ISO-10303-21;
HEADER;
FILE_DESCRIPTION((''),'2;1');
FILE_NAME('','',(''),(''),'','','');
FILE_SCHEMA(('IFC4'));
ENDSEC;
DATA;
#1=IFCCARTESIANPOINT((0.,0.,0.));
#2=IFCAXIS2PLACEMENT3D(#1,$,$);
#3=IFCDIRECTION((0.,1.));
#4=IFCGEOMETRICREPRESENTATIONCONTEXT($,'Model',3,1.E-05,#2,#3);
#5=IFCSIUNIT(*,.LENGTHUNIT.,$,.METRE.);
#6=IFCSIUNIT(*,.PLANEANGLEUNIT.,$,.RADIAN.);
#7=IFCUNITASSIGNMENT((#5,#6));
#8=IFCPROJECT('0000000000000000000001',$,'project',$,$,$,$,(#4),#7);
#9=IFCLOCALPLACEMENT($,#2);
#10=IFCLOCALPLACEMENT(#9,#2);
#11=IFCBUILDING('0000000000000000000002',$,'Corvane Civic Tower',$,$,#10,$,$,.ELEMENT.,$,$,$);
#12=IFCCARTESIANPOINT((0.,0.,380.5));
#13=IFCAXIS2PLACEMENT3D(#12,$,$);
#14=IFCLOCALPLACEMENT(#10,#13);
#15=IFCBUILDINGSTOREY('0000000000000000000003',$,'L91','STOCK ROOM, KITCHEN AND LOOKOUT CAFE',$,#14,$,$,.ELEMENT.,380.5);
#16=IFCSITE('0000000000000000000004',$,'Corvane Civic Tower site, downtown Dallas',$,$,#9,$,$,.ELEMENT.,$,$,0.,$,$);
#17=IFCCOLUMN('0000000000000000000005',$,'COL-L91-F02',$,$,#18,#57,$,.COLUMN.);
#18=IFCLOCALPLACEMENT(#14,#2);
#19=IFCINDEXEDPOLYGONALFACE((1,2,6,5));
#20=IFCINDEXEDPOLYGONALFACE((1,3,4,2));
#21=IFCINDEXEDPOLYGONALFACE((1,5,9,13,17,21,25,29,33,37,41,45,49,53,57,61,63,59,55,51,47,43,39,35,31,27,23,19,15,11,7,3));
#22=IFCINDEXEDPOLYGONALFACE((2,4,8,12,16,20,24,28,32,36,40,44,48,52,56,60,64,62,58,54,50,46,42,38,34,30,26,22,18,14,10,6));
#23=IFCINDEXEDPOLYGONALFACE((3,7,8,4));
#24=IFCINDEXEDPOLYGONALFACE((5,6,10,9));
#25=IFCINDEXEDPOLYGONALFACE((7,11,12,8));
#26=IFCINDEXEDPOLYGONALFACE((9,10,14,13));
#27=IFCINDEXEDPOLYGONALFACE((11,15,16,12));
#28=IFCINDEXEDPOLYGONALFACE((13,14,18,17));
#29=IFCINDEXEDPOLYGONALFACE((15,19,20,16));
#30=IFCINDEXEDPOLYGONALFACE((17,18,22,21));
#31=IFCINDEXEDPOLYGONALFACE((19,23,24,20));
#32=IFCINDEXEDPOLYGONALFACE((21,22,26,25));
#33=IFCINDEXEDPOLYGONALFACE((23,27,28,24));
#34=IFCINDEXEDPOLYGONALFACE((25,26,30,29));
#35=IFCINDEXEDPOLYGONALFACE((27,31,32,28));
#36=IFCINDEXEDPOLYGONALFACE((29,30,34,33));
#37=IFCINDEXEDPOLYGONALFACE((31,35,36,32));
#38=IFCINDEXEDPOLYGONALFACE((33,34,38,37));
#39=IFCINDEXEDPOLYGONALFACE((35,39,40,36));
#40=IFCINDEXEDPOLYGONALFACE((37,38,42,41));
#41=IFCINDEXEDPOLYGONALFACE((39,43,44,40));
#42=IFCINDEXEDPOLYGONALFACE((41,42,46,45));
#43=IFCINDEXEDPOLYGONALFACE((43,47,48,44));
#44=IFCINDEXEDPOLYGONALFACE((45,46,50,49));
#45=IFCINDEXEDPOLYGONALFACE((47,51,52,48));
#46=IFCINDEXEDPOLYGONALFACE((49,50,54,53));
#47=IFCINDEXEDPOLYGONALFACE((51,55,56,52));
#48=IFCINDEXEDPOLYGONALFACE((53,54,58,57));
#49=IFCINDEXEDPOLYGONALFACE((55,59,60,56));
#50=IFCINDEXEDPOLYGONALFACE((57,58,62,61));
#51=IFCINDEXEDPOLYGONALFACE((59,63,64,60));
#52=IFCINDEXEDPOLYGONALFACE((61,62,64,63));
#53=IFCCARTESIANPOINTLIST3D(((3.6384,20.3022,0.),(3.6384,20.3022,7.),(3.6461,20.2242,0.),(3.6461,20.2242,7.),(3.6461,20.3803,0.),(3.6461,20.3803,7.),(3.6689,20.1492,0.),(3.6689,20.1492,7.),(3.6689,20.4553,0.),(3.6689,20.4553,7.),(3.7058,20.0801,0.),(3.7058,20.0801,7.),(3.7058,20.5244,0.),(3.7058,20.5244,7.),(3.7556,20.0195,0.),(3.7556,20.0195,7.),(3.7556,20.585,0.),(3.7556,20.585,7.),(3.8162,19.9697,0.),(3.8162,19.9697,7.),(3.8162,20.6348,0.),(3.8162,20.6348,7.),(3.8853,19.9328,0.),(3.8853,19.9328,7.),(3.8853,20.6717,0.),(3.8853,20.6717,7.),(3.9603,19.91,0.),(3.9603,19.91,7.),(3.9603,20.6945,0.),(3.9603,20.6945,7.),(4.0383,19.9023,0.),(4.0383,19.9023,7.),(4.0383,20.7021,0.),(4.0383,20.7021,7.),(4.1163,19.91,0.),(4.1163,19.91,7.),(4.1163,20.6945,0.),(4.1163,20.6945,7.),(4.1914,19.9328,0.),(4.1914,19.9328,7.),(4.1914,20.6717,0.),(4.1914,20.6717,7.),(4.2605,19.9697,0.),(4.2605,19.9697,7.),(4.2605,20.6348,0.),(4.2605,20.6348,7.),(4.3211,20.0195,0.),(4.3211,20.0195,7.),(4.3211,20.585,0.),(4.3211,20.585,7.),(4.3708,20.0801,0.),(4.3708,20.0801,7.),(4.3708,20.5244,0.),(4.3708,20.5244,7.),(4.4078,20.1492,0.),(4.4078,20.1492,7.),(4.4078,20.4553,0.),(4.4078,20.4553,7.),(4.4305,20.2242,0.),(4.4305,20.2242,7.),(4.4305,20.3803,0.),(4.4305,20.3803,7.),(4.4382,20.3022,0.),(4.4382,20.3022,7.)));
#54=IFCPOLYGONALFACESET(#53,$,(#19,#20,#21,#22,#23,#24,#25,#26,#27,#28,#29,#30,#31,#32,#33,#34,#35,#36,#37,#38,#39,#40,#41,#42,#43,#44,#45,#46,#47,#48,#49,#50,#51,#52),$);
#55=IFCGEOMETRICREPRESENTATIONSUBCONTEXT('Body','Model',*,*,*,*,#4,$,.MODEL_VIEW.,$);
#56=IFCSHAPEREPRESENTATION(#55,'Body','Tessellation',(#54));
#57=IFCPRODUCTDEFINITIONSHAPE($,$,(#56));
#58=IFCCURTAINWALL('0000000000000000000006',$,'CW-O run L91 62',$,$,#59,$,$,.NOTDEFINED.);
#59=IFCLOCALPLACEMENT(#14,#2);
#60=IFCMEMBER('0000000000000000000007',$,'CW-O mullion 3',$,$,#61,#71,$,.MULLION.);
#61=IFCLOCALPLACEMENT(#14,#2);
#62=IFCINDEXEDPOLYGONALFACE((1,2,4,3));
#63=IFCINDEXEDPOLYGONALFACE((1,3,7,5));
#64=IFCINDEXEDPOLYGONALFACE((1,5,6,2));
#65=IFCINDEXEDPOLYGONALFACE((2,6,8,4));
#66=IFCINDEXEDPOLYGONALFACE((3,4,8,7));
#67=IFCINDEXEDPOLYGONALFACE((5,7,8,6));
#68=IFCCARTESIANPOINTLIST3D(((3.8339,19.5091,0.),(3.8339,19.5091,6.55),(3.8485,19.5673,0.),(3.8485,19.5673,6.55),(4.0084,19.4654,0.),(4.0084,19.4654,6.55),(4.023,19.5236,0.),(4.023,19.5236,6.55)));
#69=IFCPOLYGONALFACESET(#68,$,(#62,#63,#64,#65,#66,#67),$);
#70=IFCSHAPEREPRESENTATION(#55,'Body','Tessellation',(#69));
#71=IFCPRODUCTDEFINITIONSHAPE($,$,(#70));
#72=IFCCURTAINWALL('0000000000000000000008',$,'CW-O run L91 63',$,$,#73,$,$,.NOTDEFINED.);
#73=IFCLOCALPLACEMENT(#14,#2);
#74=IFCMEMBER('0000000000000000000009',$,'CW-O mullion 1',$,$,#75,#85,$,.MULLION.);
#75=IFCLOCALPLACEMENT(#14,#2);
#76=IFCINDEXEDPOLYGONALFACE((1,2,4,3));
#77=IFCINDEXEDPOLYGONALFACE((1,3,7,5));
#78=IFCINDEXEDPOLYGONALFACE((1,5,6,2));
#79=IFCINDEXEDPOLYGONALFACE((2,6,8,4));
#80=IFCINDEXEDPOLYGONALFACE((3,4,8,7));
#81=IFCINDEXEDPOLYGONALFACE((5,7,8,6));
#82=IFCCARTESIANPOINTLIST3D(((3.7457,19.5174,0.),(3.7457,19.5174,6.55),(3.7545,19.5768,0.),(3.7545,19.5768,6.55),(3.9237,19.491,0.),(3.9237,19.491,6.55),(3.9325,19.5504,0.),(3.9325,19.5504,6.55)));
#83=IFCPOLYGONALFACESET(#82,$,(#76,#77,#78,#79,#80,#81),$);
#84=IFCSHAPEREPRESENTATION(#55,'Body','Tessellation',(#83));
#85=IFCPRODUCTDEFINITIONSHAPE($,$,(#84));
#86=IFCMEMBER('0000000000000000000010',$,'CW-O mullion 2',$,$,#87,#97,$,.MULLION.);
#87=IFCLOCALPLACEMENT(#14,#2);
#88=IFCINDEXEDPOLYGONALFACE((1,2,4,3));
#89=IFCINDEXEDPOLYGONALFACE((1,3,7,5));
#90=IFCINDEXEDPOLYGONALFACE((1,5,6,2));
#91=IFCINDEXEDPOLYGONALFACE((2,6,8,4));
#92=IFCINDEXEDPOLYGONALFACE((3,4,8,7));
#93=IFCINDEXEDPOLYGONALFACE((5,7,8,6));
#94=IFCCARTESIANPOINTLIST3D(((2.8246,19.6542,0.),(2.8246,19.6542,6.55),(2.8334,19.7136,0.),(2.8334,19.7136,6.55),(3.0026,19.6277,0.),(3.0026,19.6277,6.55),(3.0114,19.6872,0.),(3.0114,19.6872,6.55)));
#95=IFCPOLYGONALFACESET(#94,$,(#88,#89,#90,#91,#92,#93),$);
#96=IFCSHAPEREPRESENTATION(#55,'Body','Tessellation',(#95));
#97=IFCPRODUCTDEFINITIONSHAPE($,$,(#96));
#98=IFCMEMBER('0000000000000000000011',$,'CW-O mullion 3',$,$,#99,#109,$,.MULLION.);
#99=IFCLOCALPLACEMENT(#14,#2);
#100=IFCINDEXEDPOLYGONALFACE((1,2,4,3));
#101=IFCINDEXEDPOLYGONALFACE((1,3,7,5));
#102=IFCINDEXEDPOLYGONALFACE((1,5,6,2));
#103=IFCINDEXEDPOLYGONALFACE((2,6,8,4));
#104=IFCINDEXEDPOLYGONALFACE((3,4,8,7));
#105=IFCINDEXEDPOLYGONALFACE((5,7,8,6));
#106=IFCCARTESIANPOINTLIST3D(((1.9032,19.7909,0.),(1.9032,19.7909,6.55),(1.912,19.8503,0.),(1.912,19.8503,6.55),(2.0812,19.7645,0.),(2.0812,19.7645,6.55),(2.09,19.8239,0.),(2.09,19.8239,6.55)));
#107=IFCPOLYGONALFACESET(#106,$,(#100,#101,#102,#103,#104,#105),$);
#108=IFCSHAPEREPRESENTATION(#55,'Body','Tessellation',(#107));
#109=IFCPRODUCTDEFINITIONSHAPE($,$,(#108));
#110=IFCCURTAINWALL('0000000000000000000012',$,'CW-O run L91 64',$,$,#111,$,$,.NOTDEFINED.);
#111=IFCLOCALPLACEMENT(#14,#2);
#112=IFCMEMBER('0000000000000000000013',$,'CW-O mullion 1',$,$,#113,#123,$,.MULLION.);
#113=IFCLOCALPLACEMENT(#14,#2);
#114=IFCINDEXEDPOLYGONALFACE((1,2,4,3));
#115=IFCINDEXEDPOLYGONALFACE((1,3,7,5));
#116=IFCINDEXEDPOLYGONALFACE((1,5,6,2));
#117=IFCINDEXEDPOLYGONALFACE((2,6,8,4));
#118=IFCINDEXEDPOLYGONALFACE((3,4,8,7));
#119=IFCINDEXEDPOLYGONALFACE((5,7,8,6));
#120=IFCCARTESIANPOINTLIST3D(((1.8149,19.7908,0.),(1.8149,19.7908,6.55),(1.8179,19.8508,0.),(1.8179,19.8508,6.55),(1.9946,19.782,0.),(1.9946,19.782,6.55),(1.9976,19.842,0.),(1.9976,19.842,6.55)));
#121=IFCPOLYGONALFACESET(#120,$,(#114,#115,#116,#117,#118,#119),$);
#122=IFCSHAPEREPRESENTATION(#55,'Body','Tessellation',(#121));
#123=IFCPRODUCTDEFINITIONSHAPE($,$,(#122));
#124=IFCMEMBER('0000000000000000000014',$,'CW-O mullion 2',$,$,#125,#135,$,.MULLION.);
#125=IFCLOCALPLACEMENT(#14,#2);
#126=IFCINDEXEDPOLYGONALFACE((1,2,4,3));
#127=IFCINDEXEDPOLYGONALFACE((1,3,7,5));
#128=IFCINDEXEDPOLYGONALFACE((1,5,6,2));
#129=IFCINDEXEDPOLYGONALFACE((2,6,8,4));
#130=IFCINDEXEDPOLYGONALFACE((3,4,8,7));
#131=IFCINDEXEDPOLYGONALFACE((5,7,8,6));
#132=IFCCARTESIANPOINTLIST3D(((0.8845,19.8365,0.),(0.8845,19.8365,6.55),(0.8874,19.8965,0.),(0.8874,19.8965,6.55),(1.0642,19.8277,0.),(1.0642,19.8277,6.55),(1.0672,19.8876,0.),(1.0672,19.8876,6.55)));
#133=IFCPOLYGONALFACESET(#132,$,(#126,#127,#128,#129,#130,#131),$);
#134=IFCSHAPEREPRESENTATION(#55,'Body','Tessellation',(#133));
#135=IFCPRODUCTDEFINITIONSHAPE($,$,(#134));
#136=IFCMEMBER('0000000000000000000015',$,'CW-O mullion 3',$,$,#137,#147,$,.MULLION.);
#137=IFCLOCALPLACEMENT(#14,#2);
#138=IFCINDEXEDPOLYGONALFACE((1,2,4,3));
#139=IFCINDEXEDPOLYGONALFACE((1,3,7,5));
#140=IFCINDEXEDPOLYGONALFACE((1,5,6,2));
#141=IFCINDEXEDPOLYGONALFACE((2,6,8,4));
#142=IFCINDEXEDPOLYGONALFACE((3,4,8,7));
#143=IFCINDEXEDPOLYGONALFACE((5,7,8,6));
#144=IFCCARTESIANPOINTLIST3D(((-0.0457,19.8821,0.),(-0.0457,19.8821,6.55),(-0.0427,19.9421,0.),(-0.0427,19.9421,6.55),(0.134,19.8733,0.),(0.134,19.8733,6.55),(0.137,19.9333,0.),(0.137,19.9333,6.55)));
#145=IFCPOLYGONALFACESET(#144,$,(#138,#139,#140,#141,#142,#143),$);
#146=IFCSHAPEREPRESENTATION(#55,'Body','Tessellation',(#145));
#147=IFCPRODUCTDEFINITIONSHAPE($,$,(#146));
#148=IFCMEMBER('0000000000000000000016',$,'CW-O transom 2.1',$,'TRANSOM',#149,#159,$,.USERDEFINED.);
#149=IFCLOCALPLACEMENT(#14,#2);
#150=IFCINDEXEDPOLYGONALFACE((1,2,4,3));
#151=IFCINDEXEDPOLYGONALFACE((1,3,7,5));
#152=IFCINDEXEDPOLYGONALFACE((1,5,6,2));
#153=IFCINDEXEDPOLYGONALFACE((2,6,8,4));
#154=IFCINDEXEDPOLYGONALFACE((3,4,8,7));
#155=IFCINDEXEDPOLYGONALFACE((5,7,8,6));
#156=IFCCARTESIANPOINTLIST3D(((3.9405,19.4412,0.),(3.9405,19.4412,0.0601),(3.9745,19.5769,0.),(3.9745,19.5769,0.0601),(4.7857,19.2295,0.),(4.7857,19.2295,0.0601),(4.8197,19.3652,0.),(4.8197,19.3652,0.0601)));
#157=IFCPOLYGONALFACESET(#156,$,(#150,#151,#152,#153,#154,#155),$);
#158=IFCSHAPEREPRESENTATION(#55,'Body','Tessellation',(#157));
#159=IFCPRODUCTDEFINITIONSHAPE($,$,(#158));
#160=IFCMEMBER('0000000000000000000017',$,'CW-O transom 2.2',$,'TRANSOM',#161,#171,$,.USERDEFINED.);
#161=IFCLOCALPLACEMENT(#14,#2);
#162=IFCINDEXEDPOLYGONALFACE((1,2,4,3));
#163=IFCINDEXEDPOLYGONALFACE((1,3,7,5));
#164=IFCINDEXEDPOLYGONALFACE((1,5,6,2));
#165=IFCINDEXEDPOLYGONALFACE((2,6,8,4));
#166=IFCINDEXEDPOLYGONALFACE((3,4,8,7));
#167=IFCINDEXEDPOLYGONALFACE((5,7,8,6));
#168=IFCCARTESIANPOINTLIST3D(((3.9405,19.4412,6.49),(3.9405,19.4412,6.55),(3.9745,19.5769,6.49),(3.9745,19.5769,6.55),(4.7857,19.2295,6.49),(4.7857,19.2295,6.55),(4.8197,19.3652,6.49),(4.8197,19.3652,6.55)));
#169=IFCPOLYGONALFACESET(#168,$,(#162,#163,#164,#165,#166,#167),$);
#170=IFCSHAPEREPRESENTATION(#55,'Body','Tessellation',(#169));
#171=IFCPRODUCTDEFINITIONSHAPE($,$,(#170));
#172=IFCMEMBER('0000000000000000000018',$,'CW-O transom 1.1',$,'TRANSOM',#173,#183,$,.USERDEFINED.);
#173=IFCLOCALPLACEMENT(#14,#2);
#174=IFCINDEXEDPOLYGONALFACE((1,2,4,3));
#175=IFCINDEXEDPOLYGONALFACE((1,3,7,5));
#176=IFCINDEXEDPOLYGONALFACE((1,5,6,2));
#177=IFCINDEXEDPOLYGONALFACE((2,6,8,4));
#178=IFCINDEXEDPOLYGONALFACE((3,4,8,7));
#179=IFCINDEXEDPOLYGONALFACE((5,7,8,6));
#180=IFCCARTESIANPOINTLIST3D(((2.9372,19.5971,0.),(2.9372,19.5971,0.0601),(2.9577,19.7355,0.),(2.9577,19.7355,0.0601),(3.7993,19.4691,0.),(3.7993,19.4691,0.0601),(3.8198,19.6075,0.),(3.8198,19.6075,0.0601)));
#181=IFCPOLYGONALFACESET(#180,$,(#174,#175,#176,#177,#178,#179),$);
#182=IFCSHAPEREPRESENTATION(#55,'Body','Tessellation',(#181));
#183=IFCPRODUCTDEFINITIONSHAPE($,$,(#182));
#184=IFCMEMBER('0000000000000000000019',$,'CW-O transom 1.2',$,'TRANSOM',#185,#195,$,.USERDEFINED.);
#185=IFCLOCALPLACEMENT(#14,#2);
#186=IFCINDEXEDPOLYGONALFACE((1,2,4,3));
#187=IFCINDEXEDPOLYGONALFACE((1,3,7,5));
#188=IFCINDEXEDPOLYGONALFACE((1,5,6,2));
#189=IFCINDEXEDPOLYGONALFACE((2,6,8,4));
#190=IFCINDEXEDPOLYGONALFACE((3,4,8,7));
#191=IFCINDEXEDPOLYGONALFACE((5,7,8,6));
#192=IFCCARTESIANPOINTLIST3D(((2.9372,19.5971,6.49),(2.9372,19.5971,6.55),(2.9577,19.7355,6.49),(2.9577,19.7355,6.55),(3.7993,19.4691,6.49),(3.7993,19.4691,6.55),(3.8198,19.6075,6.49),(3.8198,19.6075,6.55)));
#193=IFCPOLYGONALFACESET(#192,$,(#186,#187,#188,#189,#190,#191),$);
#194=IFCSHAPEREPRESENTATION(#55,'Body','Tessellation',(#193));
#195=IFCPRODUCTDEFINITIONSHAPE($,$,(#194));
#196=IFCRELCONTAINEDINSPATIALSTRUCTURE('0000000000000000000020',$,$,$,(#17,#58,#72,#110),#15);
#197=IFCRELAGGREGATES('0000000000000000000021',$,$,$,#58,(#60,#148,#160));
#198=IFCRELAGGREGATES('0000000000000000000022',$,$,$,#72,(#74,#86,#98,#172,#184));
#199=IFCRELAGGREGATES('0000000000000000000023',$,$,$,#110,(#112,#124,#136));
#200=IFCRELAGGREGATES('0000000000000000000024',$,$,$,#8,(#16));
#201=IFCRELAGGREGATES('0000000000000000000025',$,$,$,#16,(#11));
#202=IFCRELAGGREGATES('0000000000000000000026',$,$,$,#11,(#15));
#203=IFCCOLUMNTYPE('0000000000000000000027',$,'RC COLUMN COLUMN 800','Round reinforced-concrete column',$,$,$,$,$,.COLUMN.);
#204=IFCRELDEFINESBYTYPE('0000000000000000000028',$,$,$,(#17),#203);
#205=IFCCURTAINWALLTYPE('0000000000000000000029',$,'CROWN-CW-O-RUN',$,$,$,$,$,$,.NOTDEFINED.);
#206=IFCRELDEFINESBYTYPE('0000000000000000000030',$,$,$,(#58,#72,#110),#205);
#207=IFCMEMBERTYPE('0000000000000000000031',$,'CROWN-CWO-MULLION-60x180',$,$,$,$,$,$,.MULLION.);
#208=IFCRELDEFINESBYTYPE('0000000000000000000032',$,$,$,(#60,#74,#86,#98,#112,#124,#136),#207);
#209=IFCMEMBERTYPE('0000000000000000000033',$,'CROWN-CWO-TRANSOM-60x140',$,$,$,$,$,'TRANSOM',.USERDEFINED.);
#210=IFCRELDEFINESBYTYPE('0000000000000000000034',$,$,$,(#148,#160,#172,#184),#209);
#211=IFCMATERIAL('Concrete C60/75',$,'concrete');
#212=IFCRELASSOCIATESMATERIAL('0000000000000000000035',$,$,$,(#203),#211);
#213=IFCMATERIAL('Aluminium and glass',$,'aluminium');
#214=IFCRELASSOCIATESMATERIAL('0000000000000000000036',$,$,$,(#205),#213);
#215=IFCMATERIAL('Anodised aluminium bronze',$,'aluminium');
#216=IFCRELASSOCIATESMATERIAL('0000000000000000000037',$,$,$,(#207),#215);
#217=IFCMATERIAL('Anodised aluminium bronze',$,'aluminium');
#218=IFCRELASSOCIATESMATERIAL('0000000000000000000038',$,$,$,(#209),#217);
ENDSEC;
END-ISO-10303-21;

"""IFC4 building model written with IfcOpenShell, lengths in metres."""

from ifc_helpers import new_model, si_unit, direction, frame, origin, origin_2d, place, context, subcontext, project, spatial, rectangle, circle, extrude, material, material_profile, profile_set, type_object, element, aggregate, save


model = new_model("IFC4")

# Units and contexts
model_context = context("Model", 3, precision=1e-05, world=origin(), true_north=direction((0.0, 1.0)))
body_context = subcontext(model_context, "Body", "Model", "MODEL_VIEW")
ifc_project = project(units=[si_unit("LENGTHUNIT", "METRE"), si_unit("PLANEANGLEUNIT", "RADIAN")], contexts=[model_context])

# Site, building, storey
site_placement = place(None, origin())
site = spatial("IfcSite", under=ifc_project, at=site_placement, Name="Corvane Civic Tower site, downtown Dallas", CompositionType="ELEMENT", RefElevation=0.0)
building_placement = place(site_placement, origin())
building = spatial("IfcBuilding", under=site, at=building_placement, Name="Corvane Civic Tower", CompositionType="ELEMENT")
storey_placement = place(building_placement, frame((0.0, 0.0, 380.5)))
storey = spatial("IfcBuildingStorey", under=building, at=storey_placement, Name="L91", Description="STOCK ROOM, KITCHEN AND LOOKOUT CAFE", CompositionType="ELEMENT", Elevation=380.5)

# Column
ifc_material_1 = material(Name="Concrete C60/75", Category="concrete")
ifc_material_profile_1 = material_profile(ifc_material_1, circle(Radius=0.3999, at=origin_2d()), Name="COLUMN 800")
ifc_profile_set_1 = profile_set([ifc_material_profile_1], Name="Concrete C60/75")
column_type = type_object("IfcColumnType", Name="RC COLUMN COLUMN 800", Description="Round reinforced-concrete column", PredefinedType="COLUMN", material=ifc_profile_set_1)
column_placement = place(storey_placement, frame((4.0383, 20.3022, 0.0), z_axis=(0.0, 0.0, 1.0), x_axis=(1.0, 0.0, 0.0)))
element("IfcColumn", 1, at=column_placement, inside=storey, type_object=column_type, Name="COL-L91-F02", PredefinedType="COLUMN", context=body_context, shape_type="SweptSolid", body=[
    extrude(circle(Radius=0.3999, at=origin_2d()), origin(), (0.0, 0.0, 1.0), 7.0),
])

# Curtain wall, member
ifc_material_2 = material(Name="Aluminium and glass", Category="aluminium")
curtain_wall_type = type_object("IfcCurtainWallType", Name="CROWN-CW-O-RUN", PredefinedType="NOTDEFINED", material=ifc_material_2)
curtain_wall_1_placement = place(storey_placement, origin())
curtain_wall_1 = element("IfcCurtainWall", 2, at=curtain_wall_1_placement, inside=storey, type_object=curtain_wall_type, Name="CW-O run L91 62", PredefinedType="NOTDEFINED")
ifc_material_3 = material(Name="Anodised aluminium bronze", Category="aluminium")
ifc_material_profile_2 = material_profile(ifc_material_3, rectangle(XDim=0.0601, YDim=0.1799, at=origin_2d()), Name="AL 60x180")
ifc_profile_set_2 = profile_set([ifc_material_profile_2], Name="Anodised aluminium bronze")
member_type_1 = type_object("IfcMemberType", Name="CROWN-CWO-MULLION-60x180", PredefinedType="MULLION", material=ifc_profile_set_2)
member_1_placement = place(storey_placement, frame((3.9285, 19.5164, 0.0), z_axis=(0.0, 0.0, 1.0), x_axis=(-0.242952, -0.970038, 0.0)))
member_1 = element("IfcMember", 3, at=member_1_placement, type_object=member_type_1, Name="CW-O mullion 3", PredefinedType="MULLION", context=body_context, shape_type="SweptSolid", body=[
    extrude(rectangle(XDim=0.0601, YDim=0.1799, at=origin_2d()), origin(), (0.0, 0.0, 1.0), 6.55),
])

# Curtain walls, members
curtain_wall_2_placement = place(storey_placement, origin())
curtain_wall_2 = element("IfcCurtainWall", 4, at=curtain_wall_2_placement, inside=storey, type_object=curtain_wall_type, Name="CW-O run L91 63", PredefinedType="NOTDEFINED")
member_2_placement = place(storey_placement, frame((3.8391, 19.5339, 0.0), z_axis=(0.0, 0.0, 1.0), x_axis=(-0.146771, -0.98917, 0.0)))
member_2 = element("IfcMember", 5, at=member_2_placement, type_object=member_type_1, Name="CW-O mullion 1", PredefinedType="MULLION", context=body_context, shape_type="SweptSolid", body=[
    extrude(rectangle(XDim=0.0601, YDim=0.1799, at=origin_2d()), origin(), (0.0, 0.0, 1.0), 6.55),
])
member_3_placement = place(storey_placement, frame((2.918, 19.6707, 0.0), z_axis=(0.0, 0.0, 1.0), x_axis=(-0.146771, -0.98917, 0.0)))
member_3 = element("IfcMember", 6, at=member_3_placement, type_object=member_type_1, Name="CW-O mullion 2", PredefinedType="MULLION", context=body_context, shape_type="SweptSolid", body=[
    extrude(rectangle(XDim=0.0601, YDim=0.1799, at=origin_2d()), origin(), (0.0, 0.0, 1.0), 6.55),
])
member_4_placement = place(storey_placement, frame((1.9966, 19.8074, 0.0), z_axis=(0.0, 0.0, 1.0), x_axis=(-0.146771, -0.98917, 0.0)))
member_4 = element("IfcMember", 7, at=member_4_placement, type_object=member_type_1, Name="CW-O mullion 3", PredefinedType="MULLION", context=body_context, shape_type="SweptSolid", body=[
    extrude(rectangle(XDim=0.0601, YDim=0.1799, at=origin_2d()), origin(), (0.0, 0.0, 1.0), 6.55),
])
curtain_wall_3_placement = place(storey_placement, origin())
curtain_wall_3 = element("IfcCurtainWall", 8, at=curtain_wall_3_placement, inside=storey, type_object=curtain_wall_type, Name="CW-O run L91 64", PredefinedType="NOTDEFINED")
member_5_placement = place(storey_placement, frame((1.9062, 19.8164, 0.0), z_axis=(0.0, 0.0, 1.0), x_axis=(-0.048991, -0.998799, 0.0)))
member_5 = element("IfcMember", 9, at=member_5_placement, type_object=member_type_1, Name="CW-O mullion 1", PredefinedType="MULLION", context=body_context, shape_type="SweptSolid", body=[
    extrude(rectangle(XDim=0.0601, YDim=0.1799, at=origin_2d()), origin(), (0.0, 0.0, 1.0), 6.55),
])
member_6_placement = place(storey_placement, frame((0.9758, 19.8621, 0.0), z_axis=(0.0, 0.0, 1.0), x_axis=(-0.048991, -0.998799, 0.0)))
member_6 = element("IfcMember", 10, at=member_6_placement, type_object=member_type_1, Name="CW-O mullion 2", PredefinedType="MULLION", context=body_context, shape_type="SweptSolid", body=[
    extrude(rectangle(XDim=0.0601, YDim=0.1799, at=origin_2d()), origin(), (0.0, 0.0, 1.0), 6.55),
])
member_7_placement = place(storey_placement, frame((0.0457, 19.9077, 0.0), z_axis=(0.0, 0.0, 1.0), x_axis=(-0.048991, -0.998799, 0.0)))
member_7 = element("IfcMember", 11, at=member_7_placement, type_object=member_type_1, Name="CW-O mullion 3", PredefinedType="MULLION", context=body_context, shape_type="SweptSolid", body=[
    extrude(rectangle(XDim=0.0601, YDim=0.1799, at=origin_2d()), origin(), (0.0, 0.0, 1.0), 6.55),
])

# Members
ifc_material_4 = material(Name="Anodised aluminium bronze", Category="aluminium")
ifc_material_profile_3 = material_profile(ifc_material_4, rectangle(XDim=0.1399, YDim=0.0601, at=origin_2d()), Name="AL 140x60")
ifc_profile_set_3 = profile_set([ifc_material_profile_3], Name="Anodised aluminium bronze")
member_type_2 = type_object("IfcMemberType", Name="CROWN-CWO-TRANSOM-60x140", ElementType="TRANSOM", PredefinedType="USERDEFINED", material=ifc_profile_set_3)
member_8_placement = place(storey_placement, frame((4.8027, 19.2974, 0.03), z_axis=(-0.970044, 0.242931, 0.0), x_axis=(-0.242931, -0.970044, 0.0)))
member_8 = element("IfcMember", 12, at=member_8_placement, type_object=member_type_2, Name="CW-O transom 2.1", ObjectType="TRANSOM", PredefinedType="USERDEFINED", context=body_context, shape_type="SweptSolid", body=[
    extrude(rectangle(XDim=0.1399, YDim=0.0601, at=origin_2d()), origin(), (0.0, 0.0, 1.0), 0.8713),
])
member_9_placement = place(storey_placement, frame((4.8027, 19.2974, 6.52), z_axis=(-0.970044, 0.242931, 0.0), x_axis=(-0.242931, -0.970044, 0.0)))
member_9 = element("IfcMember", 13, at=member_9_placement, type_object=member_type_2, Name="CW-O transom 2.2", ObjectType="TRANSOM", PredefinedType="USERDEFINED", context=body_context, shape_type="SweptSolid", body=[
    extrude(rectangle(XDim=0.1399, YDim=0.0601, at=origin_2d()), origin(), (0.0, 0.0, 1.0), 0.8713),
])
member_10_placement = place(storey_placement, frame((3.8096, 19.5383, 0.03), z_axis=(-0.989167, 0.146792, 0.0), x_axis=(-0.146792, -0.989167, 0.0)))
member_10 = element("IfcMember", 14, at=member_10_placement, type_object=member_type_2, Name="CW-O transom 1.1", ObjectType="TRANSOM", PredefinedType="USERDEFINED", context=body_context, shape_type="SweptSolid", body=[
    extrude(rectangle(XDim=0.1399, YDim=0.0601, at=origin_2d()), origin(), (0.0, 0.0, 1.0), 0.8716),
])
member_11_placement = place(storey_placement, frame((3.8096, 19.5383, 6.52), z_axis=(-0.989167, 0.146792, 0.0), x_axis=(-0.146792, -0.989167, 0.0)))
member_11 = element("IfcMember", 15, at=member_11_placement, type_object=member_type_2, Name="CW-O transom 1.2", ObjectType="TRANSOM", PredefinedType="USERDEFINED", context=body_context, shape_type="SweptSolid", body=[
    extrude(rectangle(XDim=0.1399, YDim=0.0601, at=origin_2d()), origin(), (0.0, 0.0, 1.0), 0.8716),
])

aggregate(curtain_wall_1, [member_1, member_8, member_9])
aggregate(curtain_wall_2, [member_2, member_3, member_4, member_10, member_11])
aggregate(curtain_wall_3, [member_5, member_6, member_7])

save(model, "model.ifc")
